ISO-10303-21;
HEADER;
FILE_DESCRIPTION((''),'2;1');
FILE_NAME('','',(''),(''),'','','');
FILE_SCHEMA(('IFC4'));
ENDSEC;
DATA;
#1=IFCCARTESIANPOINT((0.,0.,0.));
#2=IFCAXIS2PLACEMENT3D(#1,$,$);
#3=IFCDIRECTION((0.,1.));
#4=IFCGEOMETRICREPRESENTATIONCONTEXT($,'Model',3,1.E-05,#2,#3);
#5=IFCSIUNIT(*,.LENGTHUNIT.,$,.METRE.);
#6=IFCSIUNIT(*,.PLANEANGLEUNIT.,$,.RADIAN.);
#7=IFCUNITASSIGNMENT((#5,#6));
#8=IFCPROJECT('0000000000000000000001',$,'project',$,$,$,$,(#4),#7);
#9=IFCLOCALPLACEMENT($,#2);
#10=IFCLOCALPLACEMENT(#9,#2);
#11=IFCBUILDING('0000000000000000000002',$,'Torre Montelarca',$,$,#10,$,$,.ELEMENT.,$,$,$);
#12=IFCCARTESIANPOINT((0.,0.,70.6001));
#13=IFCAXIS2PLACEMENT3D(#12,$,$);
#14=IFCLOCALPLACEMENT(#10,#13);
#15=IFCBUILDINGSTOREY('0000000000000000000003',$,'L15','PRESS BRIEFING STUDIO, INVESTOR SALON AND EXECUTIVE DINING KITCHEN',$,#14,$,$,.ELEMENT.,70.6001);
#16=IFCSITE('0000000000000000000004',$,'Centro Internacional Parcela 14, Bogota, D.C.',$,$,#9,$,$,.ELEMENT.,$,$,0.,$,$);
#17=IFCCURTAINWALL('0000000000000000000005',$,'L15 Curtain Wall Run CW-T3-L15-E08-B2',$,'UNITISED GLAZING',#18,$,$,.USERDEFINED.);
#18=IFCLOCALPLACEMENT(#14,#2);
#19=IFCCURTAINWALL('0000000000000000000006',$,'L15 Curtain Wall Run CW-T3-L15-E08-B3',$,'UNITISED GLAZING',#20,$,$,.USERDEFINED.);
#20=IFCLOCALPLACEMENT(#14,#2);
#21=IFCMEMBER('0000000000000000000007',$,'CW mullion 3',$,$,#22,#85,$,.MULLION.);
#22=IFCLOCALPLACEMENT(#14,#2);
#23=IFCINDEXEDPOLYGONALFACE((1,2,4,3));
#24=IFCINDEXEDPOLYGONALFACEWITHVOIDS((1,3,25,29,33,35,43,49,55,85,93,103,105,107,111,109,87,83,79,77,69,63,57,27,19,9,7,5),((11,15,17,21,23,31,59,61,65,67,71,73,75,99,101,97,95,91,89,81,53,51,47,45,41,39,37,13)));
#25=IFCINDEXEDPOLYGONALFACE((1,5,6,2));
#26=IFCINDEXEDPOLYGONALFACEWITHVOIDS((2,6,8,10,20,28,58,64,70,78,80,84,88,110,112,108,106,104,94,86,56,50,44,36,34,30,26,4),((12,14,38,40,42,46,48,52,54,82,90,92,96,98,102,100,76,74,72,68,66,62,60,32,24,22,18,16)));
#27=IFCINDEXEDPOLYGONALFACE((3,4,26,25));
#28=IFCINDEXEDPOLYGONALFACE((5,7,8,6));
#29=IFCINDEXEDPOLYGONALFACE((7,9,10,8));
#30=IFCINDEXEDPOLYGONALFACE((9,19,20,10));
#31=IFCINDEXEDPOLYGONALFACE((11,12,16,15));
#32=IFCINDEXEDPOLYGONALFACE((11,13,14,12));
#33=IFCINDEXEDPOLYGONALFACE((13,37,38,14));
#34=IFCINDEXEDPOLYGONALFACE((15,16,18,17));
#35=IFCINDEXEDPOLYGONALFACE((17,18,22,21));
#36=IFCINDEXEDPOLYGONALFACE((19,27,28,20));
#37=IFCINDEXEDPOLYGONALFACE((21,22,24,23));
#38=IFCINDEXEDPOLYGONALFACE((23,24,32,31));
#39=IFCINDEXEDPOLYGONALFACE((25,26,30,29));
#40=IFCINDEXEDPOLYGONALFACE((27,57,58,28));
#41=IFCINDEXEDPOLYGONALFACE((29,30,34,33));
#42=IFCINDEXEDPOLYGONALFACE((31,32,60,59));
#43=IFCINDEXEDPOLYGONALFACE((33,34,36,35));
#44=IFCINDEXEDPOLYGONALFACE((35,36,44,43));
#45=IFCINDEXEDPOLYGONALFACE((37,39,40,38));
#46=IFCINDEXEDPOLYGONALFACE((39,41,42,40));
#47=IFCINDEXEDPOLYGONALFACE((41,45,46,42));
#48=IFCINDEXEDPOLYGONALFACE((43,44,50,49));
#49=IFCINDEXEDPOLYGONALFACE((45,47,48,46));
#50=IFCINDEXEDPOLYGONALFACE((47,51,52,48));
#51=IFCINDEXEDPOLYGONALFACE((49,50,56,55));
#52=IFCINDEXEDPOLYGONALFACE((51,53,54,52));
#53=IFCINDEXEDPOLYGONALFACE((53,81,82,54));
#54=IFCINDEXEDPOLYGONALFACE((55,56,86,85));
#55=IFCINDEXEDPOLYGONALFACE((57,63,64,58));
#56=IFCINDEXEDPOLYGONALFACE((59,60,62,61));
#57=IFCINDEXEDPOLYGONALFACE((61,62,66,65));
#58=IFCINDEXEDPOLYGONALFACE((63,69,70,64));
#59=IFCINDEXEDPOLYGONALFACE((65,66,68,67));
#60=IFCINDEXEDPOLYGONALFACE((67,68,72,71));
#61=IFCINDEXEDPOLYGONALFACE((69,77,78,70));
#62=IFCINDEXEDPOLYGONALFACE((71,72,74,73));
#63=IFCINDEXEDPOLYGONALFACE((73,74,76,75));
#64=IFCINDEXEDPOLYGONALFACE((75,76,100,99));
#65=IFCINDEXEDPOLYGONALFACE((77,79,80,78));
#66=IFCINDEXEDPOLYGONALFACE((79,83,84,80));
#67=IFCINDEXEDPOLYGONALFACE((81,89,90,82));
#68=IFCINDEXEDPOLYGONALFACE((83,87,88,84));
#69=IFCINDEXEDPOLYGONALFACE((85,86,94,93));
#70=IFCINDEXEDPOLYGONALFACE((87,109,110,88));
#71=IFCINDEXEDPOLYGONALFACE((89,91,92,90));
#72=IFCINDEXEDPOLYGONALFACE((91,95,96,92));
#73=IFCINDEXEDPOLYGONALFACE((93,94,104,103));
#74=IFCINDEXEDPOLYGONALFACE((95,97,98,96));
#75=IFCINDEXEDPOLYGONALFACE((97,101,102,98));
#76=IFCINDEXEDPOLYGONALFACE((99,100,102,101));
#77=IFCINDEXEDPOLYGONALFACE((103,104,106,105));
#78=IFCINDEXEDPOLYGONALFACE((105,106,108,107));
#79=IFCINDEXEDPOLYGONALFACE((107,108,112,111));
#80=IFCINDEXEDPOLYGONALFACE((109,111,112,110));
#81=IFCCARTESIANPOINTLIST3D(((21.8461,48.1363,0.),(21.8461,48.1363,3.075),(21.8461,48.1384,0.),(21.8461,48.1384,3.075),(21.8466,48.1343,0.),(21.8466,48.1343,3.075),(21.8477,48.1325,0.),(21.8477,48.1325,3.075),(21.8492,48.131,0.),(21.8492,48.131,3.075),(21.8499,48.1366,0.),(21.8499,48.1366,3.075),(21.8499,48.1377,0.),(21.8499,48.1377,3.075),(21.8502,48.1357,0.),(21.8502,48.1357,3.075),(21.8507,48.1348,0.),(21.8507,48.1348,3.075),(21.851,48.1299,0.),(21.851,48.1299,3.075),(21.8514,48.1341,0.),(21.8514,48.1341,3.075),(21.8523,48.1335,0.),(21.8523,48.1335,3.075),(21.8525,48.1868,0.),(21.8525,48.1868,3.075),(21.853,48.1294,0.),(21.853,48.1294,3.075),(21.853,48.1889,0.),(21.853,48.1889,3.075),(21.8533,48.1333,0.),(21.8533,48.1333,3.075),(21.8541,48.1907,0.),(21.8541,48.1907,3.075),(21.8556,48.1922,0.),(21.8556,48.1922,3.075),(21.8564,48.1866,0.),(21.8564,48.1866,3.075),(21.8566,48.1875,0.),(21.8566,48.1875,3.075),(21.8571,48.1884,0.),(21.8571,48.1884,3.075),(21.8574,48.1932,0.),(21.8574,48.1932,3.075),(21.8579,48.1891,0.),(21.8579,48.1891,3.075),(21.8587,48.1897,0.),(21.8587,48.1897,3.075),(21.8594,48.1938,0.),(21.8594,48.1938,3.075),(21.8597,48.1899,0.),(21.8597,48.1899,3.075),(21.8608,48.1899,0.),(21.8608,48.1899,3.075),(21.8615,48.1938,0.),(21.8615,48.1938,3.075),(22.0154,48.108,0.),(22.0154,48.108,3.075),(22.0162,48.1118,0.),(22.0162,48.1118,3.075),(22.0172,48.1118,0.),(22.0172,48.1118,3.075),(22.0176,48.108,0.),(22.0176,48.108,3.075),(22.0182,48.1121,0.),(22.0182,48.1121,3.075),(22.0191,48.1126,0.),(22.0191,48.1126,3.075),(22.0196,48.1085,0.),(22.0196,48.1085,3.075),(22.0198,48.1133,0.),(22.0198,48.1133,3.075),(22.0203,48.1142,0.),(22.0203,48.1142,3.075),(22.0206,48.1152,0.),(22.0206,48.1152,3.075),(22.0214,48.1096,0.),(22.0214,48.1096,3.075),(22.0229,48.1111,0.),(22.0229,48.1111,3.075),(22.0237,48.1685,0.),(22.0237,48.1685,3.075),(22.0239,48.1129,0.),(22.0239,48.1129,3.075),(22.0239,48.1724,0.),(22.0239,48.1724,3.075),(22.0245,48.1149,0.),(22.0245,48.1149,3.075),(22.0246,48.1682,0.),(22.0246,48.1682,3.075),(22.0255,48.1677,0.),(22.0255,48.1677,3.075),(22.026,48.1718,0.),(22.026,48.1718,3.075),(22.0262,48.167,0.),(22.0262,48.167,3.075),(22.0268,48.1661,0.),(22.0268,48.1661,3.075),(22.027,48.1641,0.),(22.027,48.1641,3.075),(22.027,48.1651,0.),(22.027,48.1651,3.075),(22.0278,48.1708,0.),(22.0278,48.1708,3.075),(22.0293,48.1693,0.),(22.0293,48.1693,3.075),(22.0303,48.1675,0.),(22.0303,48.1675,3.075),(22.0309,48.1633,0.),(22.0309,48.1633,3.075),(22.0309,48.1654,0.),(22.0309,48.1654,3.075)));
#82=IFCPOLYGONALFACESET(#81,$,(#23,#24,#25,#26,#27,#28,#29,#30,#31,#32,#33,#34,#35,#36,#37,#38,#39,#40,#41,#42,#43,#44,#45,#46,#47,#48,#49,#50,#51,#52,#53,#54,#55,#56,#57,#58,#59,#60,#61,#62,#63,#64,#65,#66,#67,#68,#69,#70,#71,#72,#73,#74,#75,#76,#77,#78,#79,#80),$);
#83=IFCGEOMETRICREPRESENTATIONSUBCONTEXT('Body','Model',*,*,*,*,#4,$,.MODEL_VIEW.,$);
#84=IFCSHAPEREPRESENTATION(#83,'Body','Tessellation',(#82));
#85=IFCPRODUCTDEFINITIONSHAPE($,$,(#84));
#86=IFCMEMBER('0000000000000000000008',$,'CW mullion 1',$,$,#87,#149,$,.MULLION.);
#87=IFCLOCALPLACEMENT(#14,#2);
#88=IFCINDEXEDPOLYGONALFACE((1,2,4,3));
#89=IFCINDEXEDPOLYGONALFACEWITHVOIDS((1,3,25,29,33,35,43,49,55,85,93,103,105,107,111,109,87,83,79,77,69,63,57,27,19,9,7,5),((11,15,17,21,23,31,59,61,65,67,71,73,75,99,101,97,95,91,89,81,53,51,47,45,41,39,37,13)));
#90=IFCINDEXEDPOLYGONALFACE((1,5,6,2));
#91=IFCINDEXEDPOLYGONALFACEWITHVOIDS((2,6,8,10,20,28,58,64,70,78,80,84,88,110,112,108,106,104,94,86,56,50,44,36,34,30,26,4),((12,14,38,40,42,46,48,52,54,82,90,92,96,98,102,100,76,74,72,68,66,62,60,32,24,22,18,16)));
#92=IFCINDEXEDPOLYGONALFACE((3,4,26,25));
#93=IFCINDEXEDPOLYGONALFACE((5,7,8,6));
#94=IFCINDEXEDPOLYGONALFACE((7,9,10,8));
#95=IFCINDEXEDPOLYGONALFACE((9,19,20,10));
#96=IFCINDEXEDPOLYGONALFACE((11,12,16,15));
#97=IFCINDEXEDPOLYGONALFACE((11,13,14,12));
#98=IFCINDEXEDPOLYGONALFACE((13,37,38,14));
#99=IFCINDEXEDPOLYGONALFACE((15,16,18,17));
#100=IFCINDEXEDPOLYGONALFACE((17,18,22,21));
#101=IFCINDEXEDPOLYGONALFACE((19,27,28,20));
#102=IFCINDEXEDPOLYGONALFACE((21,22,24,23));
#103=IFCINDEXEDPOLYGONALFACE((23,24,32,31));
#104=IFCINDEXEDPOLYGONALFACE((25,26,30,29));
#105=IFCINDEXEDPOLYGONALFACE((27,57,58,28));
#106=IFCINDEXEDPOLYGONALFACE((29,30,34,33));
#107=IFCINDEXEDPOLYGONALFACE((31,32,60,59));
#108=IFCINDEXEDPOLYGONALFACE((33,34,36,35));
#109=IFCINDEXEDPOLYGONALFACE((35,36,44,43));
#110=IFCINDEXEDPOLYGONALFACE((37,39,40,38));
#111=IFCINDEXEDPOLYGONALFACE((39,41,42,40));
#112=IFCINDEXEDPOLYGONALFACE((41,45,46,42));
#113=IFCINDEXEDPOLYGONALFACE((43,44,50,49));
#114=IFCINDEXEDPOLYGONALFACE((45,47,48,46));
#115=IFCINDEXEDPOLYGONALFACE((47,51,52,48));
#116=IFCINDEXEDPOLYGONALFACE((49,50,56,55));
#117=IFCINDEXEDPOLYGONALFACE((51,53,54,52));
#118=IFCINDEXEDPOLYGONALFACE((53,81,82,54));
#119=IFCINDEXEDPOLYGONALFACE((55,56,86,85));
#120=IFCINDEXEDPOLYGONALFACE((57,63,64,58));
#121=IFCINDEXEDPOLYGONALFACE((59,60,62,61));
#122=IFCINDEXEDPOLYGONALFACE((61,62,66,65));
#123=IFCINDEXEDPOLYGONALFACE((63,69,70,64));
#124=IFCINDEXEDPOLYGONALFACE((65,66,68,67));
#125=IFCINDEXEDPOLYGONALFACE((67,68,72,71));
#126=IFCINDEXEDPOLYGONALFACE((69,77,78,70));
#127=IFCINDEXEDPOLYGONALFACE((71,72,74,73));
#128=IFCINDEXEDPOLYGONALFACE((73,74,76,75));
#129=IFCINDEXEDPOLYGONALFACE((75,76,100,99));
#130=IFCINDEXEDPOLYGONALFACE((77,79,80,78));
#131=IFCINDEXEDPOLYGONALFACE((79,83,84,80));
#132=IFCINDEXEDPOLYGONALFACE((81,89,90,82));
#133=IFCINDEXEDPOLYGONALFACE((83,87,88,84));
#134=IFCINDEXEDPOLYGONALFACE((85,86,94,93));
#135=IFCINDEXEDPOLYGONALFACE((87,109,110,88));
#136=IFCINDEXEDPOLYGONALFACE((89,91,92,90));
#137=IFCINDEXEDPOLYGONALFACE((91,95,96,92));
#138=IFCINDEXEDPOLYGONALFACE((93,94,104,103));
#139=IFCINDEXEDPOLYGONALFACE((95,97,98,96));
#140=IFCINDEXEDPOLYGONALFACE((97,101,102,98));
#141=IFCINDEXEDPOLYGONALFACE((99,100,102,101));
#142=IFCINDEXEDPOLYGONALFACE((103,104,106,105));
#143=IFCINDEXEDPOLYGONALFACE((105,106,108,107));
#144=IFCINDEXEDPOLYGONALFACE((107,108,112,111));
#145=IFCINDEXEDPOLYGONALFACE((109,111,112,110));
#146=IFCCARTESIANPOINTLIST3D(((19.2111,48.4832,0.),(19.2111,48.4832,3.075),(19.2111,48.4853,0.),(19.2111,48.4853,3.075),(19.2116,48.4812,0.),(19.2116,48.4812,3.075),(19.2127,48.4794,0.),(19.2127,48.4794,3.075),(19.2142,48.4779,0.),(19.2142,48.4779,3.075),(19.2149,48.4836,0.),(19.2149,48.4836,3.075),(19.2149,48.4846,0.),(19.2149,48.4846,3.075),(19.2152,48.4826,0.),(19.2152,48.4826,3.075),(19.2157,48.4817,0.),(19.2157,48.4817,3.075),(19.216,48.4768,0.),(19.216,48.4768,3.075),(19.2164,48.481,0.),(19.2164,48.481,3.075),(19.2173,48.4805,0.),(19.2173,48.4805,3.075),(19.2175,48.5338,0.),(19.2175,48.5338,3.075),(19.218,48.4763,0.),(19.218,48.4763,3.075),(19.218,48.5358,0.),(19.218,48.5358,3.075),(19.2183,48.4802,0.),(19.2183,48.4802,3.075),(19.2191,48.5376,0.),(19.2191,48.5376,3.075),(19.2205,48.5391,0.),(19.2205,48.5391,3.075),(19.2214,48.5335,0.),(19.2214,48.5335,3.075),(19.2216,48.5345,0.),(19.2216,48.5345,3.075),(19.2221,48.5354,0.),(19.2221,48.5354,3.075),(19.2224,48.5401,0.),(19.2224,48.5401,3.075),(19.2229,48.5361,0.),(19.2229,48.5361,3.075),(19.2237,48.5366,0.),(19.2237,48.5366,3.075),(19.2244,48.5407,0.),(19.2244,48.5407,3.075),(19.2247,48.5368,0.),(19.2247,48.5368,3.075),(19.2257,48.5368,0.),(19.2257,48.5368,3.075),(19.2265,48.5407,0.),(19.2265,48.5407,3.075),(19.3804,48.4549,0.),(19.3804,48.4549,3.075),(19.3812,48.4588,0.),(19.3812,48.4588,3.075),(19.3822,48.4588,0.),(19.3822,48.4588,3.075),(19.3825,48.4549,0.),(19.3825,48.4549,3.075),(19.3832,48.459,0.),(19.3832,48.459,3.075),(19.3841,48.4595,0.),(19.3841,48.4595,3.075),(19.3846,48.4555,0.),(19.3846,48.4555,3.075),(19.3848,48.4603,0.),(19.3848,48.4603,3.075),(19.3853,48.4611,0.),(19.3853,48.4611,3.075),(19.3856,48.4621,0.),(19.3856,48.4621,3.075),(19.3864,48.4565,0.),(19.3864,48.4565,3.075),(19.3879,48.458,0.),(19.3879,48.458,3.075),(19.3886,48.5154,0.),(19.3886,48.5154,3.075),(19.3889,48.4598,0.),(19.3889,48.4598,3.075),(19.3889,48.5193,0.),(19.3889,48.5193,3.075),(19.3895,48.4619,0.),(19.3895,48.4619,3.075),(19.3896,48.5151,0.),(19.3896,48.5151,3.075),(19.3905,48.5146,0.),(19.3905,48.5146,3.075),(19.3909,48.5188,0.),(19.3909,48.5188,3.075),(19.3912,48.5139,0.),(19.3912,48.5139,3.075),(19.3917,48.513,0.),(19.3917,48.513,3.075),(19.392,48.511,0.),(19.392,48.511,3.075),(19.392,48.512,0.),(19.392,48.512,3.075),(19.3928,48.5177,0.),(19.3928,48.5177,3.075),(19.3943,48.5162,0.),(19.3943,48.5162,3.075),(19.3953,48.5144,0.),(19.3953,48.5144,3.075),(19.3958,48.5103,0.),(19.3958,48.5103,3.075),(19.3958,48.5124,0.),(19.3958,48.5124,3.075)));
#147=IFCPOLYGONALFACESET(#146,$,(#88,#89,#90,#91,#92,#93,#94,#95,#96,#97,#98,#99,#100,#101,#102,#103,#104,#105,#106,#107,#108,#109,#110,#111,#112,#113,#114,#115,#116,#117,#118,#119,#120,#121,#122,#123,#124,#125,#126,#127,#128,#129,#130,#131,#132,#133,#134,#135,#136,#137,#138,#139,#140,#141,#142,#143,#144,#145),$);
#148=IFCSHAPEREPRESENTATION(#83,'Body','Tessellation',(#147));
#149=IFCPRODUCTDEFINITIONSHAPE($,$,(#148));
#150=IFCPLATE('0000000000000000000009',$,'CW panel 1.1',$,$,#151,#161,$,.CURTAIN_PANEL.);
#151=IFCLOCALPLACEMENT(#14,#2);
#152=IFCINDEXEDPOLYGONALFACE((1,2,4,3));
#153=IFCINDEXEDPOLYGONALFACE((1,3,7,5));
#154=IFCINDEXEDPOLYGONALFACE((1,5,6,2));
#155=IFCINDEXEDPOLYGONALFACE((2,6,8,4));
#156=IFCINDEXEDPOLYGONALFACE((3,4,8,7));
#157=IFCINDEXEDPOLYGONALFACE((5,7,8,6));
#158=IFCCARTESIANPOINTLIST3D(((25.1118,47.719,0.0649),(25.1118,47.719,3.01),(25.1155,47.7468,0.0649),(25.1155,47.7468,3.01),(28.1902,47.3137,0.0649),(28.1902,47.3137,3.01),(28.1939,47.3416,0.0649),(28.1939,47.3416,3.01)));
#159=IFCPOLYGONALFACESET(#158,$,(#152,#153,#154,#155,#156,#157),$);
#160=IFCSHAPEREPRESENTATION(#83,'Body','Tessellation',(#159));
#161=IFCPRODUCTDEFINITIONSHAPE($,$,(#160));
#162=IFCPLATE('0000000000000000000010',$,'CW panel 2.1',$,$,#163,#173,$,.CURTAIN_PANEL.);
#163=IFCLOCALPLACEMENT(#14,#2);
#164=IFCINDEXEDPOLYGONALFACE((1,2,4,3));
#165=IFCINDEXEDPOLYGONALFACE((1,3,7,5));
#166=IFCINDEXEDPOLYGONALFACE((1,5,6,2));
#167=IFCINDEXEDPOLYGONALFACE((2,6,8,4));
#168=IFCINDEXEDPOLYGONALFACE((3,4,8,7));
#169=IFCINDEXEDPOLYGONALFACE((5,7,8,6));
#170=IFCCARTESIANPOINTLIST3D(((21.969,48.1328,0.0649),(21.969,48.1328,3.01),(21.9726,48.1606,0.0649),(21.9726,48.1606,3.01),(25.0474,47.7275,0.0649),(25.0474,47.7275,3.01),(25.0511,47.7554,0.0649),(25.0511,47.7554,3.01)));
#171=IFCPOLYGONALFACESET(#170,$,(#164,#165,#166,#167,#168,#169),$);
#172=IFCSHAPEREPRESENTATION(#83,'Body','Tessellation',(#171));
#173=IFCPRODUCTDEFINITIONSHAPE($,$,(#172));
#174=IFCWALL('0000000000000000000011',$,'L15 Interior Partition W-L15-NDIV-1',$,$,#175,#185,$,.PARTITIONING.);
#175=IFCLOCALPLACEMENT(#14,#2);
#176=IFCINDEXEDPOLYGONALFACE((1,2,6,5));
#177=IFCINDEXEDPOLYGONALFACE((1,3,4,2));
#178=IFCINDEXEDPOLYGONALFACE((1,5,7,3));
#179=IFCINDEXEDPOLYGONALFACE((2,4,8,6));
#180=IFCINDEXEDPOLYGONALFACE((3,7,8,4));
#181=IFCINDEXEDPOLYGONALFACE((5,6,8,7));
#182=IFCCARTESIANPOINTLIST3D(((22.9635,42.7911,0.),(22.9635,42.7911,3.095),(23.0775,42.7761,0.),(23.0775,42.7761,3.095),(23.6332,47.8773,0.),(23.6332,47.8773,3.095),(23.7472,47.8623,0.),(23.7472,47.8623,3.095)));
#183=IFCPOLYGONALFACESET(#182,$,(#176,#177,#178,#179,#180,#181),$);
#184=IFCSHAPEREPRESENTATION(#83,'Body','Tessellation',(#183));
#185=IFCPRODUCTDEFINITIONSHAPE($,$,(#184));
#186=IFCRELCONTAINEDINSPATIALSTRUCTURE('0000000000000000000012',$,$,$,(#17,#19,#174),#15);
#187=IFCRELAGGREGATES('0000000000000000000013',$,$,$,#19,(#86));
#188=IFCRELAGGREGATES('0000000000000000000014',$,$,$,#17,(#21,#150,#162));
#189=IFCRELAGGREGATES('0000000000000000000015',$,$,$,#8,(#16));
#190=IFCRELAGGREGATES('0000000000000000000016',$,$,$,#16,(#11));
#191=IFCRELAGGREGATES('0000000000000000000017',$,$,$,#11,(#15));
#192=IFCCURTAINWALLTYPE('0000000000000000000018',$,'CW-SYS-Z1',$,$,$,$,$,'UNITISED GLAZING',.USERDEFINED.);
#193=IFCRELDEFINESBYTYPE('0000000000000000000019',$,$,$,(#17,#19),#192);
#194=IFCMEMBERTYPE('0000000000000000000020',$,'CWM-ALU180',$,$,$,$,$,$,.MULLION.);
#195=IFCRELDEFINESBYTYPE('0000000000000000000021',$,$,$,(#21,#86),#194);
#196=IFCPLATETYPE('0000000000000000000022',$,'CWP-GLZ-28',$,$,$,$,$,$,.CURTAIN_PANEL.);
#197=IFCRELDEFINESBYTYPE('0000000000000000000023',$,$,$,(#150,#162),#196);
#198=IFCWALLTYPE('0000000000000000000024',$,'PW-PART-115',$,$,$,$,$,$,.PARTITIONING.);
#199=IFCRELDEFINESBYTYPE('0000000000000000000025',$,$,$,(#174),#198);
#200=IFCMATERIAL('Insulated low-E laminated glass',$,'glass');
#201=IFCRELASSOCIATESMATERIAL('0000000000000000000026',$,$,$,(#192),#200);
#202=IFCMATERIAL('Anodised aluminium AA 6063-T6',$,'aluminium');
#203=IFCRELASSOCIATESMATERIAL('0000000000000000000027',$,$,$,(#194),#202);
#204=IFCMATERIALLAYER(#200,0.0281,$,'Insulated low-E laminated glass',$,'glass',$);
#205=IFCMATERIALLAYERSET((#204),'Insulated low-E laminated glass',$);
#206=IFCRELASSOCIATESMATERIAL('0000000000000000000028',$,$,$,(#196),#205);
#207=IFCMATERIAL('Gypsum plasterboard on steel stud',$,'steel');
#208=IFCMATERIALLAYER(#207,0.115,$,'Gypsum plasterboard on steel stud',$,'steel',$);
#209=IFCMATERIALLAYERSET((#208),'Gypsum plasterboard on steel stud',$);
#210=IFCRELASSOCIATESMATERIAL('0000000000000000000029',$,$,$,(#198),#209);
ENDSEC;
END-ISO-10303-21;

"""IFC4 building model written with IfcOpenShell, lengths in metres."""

from ifc_helpers import new_model, si_unit, direction, frame, frame_2d, origin, origin_2d, place, context, subcontext, project, spatial, rectangle, hollow_rectangle, extrude, source, transform, mapped, material, layer, layer_set, material_profile, profile_set, type_object, element, aggregate, save


model = new_model("IFC4")

# Units and contexts
model_context = context("Model", 3, precision=1e-05, world=origin(), true_north=direction((0.0, 1.0)))
body_context = subcontext(model_context, "Body", "Model", "MODEL_VIEW")
ifc_project = project(units=[si_unit("LENGTHUNIT", "METRE"), si_unit("PLANEANGLEUNIT", "RADIAN")], contexts=[model_context])

# Site, building, storey
site_placement = place(None, origin())
site = spatial("IfcSite", under=ifc_project, at=site_placement, Name="Centro Internacional Parcela 14, Bogota, D.C.", CompositionType="ELEMENT", RefElevation=0.0)
building_placement = place(site_placement, origin())
building = spatial("IfcBuilding", under=site, at=building_placement, Name="Torre Montelarca", CompositionType="ELEMENT")
storey_placement = place(building_placement, frame((0.0, 0.0, 70.6001)))
storey = spatial("IfcBuildingStorey", under=building, at=storey_placement, Name="L15", Description="PRESS BRIEFING STUDIO, INVESTOR SALON AND EXECUTIVE DINING KITCHEN", CompositionType="ELEMENT", Elevation=70.6001)

# Curtain wall
ifc_material_1 = material(Name="Insulated low-E laminated glass", Category="glass")
curtain_wall_type = type_object("IfcCurtainWallType", Name="CW-SYS-Z1", ElementType="UNITISED GLAZING", PredefinedType="USERDEFINED", material=ifc_material_1)
curtain_wall_1_placement = place(storey_placement, origin())
curtain_wall_1 = element("IfcCurtainWall", 1, at=curtain_wall_1_placement, inside=storey, type_object=curtain_wall_type, Name="L15 Curtain Wall Run CW-T3-L15-E08-B2", ObjectType="UNITISED GLAZING", PredefinedType="USERDEFINED")
ifc_material_2 = material(Name="Anodised aluminium AA 6063-T6", Category="aluminium")

# Curtain wall
curtain_wall_2_placement = place(storey_placement, origin())
curtain_wall_2 = element("IfcCurtainWall", 2, at=curtain_wall_2_placement, inside=storey, type_object=curtain_wall_type, Name="L15 Curtain Wall Run CW-T3-L15-E08-B3", ObjectType="UNITISED GLAZING", PredefinedType="USERDEFINED")
ifc_material_profile_1 = material_profile(ifc_material_2, hollow_rectangle(XDim=0.0649, YDim=0.1799, WallThickness=0.0039, InnerFilletRadius=0.0039, OuterFilletRadius=0.0081, at=origin_2d()), Name="ALU65X180X4", Category="aluminium")
ifc_profile_set_1 = profile_set([ifc_material_profile_1], Name="Anodised aluminium AA 6063-T6")
member_type_1 = type_object("IfcMemberType", Name="CWM-ALU180", PredefinedType="MULLION", material=ifc_profile_set_1)
shared_shape_1 = source(origin(), body_context, "Body", "SweptSolid", [
    extrude(hollow_rectangle(XDim=0.0649, YDim=0.1799, WallThickness=0.0039, InnerFilletRadius=0.0039, OuterFilletRadius=0.0081, at=origin_2d()), origin(), (0.0, 0.0, 1.0), 3.075),
])

# Members
member_1_placement = place(storey_placement, frame((21.9385, 48.1509, 0.0), z_axis=(0.0, 0.0, 1.0), x_axis=(-0.130521, -0.991446, 0.0)))
member_1 = element("IfcMember", 3, at=member_1_placement, type_object=member_type_1, Name="CW mullion 3", PredefinedType="MULLION", context=body_context, shape_type="MappedRepresentation", body=[
    mapped(shared_shape_1, transform((0.0, 0.0, 0.0), scale=1.0)),
])
member_2_placement = place(storey_placement, frame((19.3035, 48.4978, 0.0), z_axis=(0.0, 0.0, 1.0), x_axis=(-0.130528, -0.991445, 0.0)))
member_2 = element("IfcMember", 4, at=member_2_placement, type_object=member_type_1, Name="CW mullion 1", PredefinedType="MULLION", context=body_context, shape_type="MappedRepresentation", body=[
    mapped(shared_shape_1, transform((0.0, 0.0, 0.0), scale=1.0)),
])
aggregate(curtain_wall_2, [member_2])

# Plates
ifc_layer_1 = layer(ifc_material_1, 0.0281, Name="Insulated low-E laminated glass", Category="glass")
ifc_layer_set_1 = layer_set([ifc_layer_1], Name="Insulated low-E laminated glass")
plate_type = type_object("IfcPlateType", Name="CWP-GLZ-28", PredefinedType="CURTAIN_PANEL", material=ifc_layer_set_1)
shared_shape_2 = source(origin(), body_context, "Body", "SweptSolid", [
    extrude(rectangle(XDim=3.105, YDim=0.0281, at=origin_2d()), origin(), (0.0, 0.0, 1.0), 2.9451),
])
plate_1_placement = place(storey_placement, frame((26.6528, 47.5303, 0.0649), z_axis=(0.0, 0.0, 1.0), x_axis=(-0.991446, 0.130521, 0.0)))
plate_1 = element("IfcPlate", 5, at=plate_1_placement, type_object=plate_type, Name="CW panel 1.1", PredefinedType="CURTAIN_PANEL", context=body_context, shape_type="MappedRepresentation", body=[
    mapped(shared_shape_2, transform((0.0, 0.0, 0.0), scale=1.0)),
])
plate_2_placement = place(storey_placement, frame((23.51, 47.9441, 0.0649), z_axis=(0.0, 0.0, 1.0), x_axis=(-0.991446, 0.130521, 0.0)))
plate_2 = element("IfcPlate", 6, at=plate_2_placement, type_object=plate_type, Name="CW panel 2.1", PredefinedType="CURTAIN_PANEL", context=body_context, shape_type="MappedRepresentation", body=[
    mapped(shared_shape_2, transform((0.0, 0.0, 0.0), scale=1.0)),
])
aggregate(curtain_wall_1, [member_1, plate_1, plate_2])

# Wall
ifc_material_3 = material(Name="Gypsum plasterboard on steel stud", Category="steel")
ifc_layer_2 = layer(ifc_material_3, 0.115, Name="Gypsum plasterboard on steel stud", Category="steel")
ifc_layer_set_2 = layer_set([ifc_layer_2], Name="Gypsum plasterboard on steel stud")
wall_type = type_object("IfcWallType", Name="PW-PART-115", PredefinedType="PARTITIONING", material=ifc_layer_set_2)
wall_placement = place(storey_placement, frame((23.0205, 42.7837, 0.0), z_axis=(0.0, 0.0, 1.0), x_axis=(0.130539, 0.991443, 0.0)))
element("IfcWall", 7, at=wall_placement, inside=storey, type_object=wall_type, Name="L15 Interior Partition W-L15-NDIV-1", PredefinedType="PARTITIONING", context=body_context, shape_type="SweptSolid", body=[
    extrude(rectangle(XDim=5.1301, YDim=0.115, at=frame_2d((2.5649, 0.0))), origin(), (0.0, 0.0, 1.0), 3.095),
])

save(model, "model.ifc")
